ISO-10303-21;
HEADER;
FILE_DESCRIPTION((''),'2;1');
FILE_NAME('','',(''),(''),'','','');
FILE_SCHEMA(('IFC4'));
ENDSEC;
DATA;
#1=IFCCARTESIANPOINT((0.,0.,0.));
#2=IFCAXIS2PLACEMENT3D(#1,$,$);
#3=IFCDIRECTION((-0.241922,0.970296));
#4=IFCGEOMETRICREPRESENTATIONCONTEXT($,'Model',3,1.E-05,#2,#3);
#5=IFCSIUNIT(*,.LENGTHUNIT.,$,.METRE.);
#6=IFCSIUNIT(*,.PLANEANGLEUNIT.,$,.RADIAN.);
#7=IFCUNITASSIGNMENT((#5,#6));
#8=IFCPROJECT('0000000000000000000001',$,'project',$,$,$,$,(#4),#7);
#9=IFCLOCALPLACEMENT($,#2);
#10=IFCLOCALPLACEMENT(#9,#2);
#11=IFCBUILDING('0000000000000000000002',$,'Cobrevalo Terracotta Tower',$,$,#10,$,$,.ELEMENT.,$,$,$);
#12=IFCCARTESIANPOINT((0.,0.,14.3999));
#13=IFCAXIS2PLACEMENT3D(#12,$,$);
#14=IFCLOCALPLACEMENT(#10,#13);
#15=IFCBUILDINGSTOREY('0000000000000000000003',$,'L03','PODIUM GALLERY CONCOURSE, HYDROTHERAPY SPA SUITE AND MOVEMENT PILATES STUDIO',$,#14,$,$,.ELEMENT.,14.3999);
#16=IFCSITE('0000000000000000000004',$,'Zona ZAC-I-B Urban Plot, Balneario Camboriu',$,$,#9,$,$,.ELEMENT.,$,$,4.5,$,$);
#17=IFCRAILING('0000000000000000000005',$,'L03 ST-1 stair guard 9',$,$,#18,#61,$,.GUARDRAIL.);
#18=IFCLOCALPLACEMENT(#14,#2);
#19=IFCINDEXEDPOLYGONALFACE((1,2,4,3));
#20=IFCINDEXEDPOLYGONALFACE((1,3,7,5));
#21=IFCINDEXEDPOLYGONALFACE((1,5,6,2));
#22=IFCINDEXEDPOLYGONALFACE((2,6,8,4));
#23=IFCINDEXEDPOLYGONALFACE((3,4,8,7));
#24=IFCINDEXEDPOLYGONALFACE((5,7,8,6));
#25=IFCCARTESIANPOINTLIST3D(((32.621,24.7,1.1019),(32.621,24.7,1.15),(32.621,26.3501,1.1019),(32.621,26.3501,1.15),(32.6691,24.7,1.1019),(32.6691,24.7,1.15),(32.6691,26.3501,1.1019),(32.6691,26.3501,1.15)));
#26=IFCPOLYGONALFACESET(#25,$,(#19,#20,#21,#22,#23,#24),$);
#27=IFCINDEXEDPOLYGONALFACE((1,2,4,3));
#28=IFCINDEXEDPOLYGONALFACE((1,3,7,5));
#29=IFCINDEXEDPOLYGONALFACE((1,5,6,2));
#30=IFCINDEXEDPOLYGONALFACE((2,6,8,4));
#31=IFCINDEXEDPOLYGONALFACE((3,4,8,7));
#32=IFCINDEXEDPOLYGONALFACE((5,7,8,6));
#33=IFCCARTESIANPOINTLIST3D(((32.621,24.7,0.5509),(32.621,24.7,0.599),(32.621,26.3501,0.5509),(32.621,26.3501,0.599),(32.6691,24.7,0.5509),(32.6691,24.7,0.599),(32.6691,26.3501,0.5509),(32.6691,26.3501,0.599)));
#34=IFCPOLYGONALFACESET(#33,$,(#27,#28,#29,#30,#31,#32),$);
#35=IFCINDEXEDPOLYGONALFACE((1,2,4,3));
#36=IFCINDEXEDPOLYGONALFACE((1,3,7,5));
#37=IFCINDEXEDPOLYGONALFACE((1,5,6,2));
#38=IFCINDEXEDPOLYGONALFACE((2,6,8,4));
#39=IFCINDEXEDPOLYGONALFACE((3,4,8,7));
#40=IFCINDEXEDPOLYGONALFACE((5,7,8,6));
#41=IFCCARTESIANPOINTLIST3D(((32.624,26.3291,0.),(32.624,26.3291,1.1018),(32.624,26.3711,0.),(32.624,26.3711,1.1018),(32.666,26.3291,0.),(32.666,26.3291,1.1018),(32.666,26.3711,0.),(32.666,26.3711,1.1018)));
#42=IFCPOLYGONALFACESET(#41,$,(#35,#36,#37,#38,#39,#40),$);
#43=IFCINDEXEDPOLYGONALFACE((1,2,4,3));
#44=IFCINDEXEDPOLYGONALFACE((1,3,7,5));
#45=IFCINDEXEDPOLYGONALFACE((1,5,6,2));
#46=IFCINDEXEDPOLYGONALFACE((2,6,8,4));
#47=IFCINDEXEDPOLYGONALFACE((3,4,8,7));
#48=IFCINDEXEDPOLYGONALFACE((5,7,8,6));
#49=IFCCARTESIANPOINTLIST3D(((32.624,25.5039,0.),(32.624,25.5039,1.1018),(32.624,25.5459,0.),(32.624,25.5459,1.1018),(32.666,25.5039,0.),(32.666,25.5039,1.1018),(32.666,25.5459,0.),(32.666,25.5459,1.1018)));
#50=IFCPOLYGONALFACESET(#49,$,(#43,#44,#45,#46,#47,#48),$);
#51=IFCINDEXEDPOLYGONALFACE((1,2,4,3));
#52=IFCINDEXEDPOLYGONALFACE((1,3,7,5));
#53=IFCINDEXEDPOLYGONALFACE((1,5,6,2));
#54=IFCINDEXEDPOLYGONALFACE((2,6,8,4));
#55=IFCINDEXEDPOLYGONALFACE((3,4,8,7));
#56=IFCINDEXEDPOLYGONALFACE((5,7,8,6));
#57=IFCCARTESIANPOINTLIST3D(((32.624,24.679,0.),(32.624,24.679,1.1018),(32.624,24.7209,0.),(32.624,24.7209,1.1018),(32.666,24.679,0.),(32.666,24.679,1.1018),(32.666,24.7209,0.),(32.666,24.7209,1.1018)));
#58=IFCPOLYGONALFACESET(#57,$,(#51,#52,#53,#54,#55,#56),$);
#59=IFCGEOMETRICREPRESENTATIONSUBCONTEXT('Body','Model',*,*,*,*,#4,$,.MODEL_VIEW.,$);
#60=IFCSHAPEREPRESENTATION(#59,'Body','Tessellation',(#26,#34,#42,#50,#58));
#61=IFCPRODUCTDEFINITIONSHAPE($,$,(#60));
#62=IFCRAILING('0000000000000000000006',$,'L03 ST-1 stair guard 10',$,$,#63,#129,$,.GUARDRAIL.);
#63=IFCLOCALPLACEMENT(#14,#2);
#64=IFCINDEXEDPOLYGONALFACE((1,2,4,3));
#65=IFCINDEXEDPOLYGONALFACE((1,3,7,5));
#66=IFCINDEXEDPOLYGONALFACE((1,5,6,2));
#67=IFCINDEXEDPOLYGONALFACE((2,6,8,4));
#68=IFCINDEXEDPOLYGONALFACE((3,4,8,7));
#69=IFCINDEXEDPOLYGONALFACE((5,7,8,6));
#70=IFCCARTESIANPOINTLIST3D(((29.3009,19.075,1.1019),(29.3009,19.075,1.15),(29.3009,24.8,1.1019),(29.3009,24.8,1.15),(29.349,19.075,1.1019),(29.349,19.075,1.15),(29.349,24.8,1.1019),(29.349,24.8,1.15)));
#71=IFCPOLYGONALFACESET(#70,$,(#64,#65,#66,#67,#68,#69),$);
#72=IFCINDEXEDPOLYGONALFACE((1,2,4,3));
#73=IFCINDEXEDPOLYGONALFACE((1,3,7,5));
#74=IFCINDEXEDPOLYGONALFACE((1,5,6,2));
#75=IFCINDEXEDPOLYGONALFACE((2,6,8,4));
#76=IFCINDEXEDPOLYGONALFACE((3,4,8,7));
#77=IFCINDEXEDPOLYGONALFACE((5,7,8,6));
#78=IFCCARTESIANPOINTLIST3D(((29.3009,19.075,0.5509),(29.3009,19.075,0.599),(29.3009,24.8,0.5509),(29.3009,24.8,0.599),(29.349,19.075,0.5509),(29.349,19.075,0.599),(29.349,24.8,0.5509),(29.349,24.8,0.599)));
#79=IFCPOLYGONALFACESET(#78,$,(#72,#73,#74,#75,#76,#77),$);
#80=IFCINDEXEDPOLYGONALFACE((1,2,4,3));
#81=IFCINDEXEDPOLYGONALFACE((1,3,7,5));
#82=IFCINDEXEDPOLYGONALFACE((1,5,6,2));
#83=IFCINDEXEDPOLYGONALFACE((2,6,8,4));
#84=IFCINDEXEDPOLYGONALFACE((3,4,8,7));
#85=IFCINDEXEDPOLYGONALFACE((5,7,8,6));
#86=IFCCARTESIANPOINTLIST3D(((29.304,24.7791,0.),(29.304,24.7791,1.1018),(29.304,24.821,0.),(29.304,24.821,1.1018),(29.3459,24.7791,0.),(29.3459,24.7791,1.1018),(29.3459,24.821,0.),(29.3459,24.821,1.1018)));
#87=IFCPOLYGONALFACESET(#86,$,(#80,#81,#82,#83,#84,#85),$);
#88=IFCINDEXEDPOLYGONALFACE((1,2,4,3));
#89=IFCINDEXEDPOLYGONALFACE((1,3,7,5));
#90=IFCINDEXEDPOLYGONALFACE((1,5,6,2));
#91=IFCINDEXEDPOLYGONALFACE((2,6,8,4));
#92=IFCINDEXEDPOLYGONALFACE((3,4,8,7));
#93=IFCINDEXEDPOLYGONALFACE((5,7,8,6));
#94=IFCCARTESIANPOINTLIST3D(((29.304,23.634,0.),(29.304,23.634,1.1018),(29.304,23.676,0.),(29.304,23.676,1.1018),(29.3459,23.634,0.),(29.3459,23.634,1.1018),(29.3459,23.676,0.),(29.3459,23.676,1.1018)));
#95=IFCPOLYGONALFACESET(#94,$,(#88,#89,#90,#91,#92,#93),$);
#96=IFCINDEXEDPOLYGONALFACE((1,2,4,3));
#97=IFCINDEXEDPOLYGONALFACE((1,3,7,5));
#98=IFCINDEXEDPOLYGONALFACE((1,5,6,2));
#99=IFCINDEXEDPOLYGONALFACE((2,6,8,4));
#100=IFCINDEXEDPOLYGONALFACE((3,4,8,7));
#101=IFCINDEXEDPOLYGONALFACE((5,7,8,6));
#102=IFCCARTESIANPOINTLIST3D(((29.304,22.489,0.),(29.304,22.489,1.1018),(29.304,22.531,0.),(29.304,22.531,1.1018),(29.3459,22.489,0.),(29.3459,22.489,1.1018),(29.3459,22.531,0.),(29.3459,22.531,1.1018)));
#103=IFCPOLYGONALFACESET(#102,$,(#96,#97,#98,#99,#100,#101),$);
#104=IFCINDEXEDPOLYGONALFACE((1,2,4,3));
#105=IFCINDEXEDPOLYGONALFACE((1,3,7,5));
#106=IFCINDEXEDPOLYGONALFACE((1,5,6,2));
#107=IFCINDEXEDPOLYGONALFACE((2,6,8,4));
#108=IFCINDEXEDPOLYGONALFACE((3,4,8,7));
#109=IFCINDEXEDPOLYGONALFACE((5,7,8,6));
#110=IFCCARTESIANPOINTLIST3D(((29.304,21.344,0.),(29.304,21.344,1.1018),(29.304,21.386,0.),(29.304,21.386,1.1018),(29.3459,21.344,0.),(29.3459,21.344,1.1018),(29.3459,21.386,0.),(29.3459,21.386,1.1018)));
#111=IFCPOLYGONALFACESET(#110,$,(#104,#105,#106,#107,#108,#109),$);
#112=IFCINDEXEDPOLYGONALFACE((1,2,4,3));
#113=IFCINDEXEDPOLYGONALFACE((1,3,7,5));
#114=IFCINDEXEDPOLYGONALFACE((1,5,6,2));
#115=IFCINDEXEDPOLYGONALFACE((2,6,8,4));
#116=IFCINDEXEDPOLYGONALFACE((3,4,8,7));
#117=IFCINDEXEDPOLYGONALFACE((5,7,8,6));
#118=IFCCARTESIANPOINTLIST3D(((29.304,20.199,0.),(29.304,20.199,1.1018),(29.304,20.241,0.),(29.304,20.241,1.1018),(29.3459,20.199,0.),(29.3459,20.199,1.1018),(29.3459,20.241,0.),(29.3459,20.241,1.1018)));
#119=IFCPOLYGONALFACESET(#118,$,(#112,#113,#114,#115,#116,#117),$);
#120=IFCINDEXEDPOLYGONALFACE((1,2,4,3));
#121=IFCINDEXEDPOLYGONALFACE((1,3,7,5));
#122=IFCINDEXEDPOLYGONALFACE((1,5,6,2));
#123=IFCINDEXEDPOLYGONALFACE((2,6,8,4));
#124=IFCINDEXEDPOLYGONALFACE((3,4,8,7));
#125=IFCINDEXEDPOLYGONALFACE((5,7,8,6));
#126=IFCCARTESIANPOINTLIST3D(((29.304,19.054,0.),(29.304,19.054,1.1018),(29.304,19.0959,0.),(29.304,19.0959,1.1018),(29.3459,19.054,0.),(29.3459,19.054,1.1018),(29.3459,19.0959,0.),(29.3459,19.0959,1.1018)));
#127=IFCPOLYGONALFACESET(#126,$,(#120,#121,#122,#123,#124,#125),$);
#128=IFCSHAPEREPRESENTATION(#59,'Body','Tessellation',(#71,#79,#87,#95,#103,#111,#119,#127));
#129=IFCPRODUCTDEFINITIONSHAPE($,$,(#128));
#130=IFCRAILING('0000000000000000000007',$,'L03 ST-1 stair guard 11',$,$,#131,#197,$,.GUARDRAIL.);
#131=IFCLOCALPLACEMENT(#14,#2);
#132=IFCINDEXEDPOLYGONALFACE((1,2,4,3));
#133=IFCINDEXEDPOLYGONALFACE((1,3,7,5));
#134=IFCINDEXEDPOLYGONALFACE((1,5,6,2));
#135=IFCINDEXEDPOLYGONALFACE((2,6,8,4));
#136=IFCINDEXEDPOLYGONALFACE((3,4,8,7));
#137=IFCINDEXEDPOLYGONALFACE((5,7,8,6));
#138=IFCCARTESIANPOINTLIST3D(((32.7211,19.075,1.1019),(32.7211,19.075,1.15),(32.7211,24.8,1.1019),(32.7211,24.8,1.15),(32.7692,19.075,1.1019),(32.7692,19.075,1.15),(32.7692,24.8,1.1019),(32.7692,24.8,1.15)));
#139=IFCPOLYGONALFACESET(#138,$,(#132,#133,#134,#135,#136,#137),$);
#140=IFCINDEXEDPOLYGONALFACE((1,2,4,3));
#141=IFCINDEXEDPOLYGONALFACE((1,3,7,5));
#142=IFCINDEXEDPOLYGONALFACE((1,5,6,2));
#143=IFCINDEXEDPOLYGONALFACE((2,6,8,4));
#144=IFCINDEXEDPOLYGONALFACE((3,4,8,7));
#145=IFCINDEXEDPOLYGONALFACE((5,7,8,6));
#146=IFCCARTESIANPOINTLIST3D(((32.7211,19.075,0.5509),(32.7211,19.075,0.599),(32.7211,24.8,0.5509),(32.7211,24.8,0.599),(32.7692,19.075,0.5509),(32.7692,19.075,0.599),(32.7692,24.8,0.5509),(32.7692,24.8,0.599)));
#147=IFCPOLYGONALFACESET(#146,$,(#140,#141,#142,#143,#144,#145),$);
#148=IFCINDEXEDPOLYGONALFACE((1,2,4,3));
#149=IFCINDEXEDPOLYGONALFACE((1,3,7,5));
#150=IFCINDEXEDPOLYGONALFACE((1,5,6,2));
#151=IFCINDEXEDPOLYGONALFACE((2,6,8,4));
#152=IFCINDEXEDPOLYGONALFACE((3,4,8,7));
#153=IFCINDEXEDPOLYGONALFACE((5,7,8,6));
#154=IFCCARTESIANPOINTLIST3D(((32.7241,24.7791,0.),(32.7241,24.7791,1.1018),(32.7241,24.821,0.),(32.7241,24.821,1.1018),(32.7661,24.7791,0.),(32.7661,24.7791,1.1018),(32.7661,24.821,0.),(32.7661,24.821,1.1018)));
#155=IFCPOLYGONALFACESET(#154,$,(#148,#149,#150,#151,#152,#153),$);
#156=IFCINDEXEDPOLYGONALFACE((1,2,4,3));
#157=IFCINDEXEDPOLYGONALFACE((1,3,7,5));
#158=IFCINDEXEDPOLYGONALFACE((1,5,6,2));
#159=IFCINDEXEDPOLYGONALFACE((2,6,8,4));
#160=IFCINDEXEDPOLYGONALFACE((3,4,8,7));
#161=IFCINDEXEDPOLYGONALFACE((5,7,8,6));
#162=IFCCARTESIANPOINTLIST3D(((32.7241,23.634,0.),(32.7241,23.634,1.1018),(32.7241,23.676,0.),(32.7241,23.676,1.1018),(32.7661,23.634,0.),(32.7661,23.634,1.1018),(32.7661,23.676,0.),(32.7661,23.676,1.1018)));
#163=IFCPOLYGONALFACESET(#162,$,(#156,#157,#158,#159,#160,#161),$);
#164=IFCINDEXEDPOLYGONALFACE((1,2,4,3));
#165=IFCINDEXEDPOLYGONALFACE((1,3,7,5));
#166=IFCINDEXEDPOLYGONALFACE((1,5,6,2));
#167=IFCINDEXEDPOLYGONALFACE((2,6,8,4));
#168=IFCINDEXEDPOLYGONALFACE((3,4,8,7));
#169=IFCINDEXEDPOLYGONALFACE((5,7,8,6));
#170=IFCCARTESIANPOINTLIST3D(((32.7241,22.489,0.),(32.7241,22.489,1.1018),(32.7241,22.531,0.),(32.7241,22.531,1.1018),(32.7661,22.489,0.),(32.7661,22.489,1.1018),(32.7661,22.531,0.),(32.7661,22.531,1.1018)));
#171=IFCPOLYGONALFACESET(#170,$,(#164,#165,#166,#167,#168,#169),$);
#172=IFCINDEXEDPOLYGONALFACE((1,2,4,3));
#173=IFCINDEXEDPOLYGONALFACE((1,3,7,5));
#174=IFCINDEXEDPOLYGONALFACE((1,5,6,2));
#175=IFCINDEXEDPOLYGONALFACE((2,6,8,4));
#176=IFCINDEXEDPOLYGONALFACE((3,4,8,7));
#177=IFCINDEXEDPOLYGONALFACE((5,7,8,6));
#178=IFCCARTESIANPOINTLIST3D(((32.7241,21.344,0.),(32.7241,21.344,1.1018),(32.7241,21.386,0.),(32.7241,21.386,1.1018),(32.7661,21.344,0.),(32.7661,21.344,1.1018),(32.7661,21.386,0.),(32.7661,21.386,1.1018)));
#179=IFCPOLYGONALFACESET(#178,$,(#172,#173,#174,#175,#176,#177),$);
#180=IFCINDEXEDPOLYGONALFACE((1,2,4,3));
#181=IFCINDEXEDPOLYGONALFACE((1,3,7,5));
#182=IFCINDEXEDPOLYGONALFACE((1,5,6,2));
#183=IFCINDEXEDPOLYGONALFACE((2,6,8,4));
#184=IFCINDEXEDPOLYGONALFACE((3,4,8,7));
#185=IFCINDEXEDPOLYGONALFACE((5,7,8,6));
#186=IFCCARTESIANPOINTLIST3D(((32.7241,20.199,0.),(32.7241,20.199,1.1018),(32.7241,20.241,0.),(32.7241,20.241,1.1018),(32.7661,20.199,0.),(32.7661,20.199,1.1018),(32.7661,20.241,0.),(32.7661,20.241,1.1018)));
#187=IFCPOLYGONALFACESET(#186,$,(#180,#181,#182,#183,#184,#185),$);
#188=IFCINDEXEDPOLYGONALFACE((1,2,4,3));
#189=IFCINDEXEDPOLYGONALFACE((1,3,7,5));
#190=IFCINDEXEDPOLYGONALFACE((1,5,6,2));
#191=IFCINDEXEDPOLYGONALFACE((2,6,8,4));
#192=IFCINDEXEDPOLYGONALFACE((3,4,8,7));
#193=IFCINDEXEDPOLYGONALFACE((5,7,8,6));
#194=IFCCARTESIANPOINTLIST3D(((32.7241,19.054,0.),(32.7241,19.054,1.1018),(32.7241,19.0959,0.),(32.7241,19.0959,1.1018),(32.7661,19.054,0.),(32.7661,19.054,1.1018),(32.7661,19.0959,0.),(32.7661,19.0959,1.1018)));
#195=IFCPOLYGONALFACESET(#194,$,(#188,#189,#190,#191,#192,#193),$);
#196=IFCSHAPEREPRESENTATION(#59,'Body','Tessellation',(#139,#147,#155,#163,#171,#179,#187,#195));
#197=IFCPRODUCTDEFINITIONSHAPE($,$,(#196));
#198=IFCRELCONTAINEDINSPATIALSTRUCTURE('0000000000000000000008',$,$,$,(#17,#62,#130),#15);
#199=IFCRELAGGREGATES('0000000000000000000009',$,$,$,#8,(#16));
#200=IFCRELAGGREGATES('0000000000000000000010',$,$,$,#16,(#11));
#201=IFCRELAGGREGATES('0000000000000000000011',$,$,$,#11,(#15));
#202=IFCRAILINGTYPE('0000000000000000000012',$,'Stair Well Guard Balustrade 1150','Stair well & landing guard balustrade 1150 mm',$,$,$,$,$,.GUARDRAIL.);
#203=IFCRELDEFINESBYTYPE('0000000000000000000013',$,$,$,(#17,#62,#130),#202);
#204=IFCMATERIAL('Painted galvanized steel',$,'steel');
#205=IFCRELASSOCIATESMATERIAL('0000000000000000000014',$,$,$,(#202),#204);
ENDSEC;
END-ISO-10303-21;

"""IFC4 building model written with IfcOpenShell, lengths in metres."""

from ifc_helpers import new_model, si_unit, direction, frame, origin, origin_2d, place, context, subcontext, project, spatial, rectangle, extrude, material, type_object, element, save


model = new_model("IFC4")

# Units and contexts
model_context = context("Model", 3, precision=1e-05, world=origin(), true_north=direction((-0.241922, 0.970296)))
body_context = subcontext(model_context, "Body", "Model", "MODEL_VIEW")
ifc_project = project(units=[si_unit("LENGTHUNIT", "METRE"), si_unit("PLANEANGLEUNIT", "RADIAN")], contexts=[model_context])

# Site, building, storey
site_placement = place(None, origin())
site = spatial("IfcSite", under=ifc_project, at=site_placement, Name="Zona ZAC-I-B Urban Plot, Balneario Camboriu", CompositionType="ELEMENT", RefElevation=4.5)
building_placement = place(site_placement, origin())
building = spatial("IfcBuilding", under=site, at=building_placement, Name="Cobrevalo Terracotta Tower", CompositionType="ELEMENT")
storey_placement = place(building_placement, frame((0.0, 0.0, 14.3999)))
storey = spatial("IfcBuildingStorey", under=building, at=storey_placement, Name="L03", Description="PODIUM GALLERY CONCOURSE, HYDROTHERAPY SPA SUITE AND MOVEMENT PILATES STUDIO", CompositionType="ELEMENT", Elevation=14.3999)

# Railings
ifc_material_1 = material(Name="Painted galvanized steel", Category="steel")
railing_type = type_object("IfcRailingType", Name="Stair Well Guard Balustrade 1150", Description="Stair well & landing guard balustrade 1150 mm", PredefinedType="GUARDRAIL", material=ifc_material_1)
for number, where, name in (
    (1, (32.645, 26.3501, 0.0), "L03 ST-1 stair guard 9"),
):
    element("IfcRailing", number, at=place(storey_placement, frame(where)), inside=storey, type_object=railing_type, Name=name, PredefinedType="GUARDRAIL", context=body_context, shape_type="SweptSolid", body=[
        extrude(rectangle(XDim=0.0481, YDim=0.0481, at=origin_2d()), frame((0.0, 0.0, 1.126), z_axis=(0.0, -1.0, 0.0), x_axis=(1.0, 0.0, 0.0)), (0.0, 0.0, 1.0), 1.6501),
        extrude(rectangle(XDim=0.0481, YDim=0.0481, at=origin_2d()), frame((0.0, 0.0, 0.575), z_axis=(0.0, -1.0, 0.0), x_axis=(1.0, 0.0, 0.0)), (0.0, 0.0, 1.0), 1.6501),
        extrude(rectangle(XDim=0.042, YDim=0.042, at=origin_2d()), origin(), (0.0, 0.0, 1.0), 1.1018),
        extrude(rectangle(XDim=0.042, YDim=0.042, at=origin_2d()), frame((0.0, -0.8252, 0.0)), (0.0, 0.0, 1.0), 1.1018),
        extrude(rectangle(XDim=0.042, YDim=0.042, at=origin_2d()), frame((0.0, -1.6501, 0.0)), (0.0, 0.0, 1.0), 1.1018),
    ])
for number, where, name in (
    (2, (29.325, 24.8, 0.0), "L03 ST-1 stair guard 10"),
    (3, (32.7451, 24.8, 0.0), "L03 ST-1 stair guard 11"),
):
    element("IfcRailing", number, at=place(storey_placement, frame(where)), inside=storey, type_object=railing_type, Name=name, PredefinedType="GUARDRAIL", context=body_context, shape_type="SweptSolid", body=[
        extrude(rectangle(XDim=0.0481, YDim=0.0481, at=origin_2d()), frame((0.0, 0.0, 1.126), z_axis=(0.0, -1.0, 0.0), x_axis=(1.0, 0.0, 0.0)), (0.0, 0.0, 1.0), 5.7251),
        extrude(rectangle(XDim=0.0481, YDim=0.0481, at=origin_2d()), frame((0.0, 0.0, 0.575), z_axis=(0.0, -1.0, 0.0), x_axis=(1.0, 0.0, 0.0)), (0.0, 0.0, 1.0), 5.7251),
        extrude(rectangle(XDim=0.042, YDim=0.042, at=origin_2d()), origin(), (0.0, 0.0, 1.0), 1.1018),
        extrude(rectangle(XDim=0.042, YDim=0.042, at=origin_2d()), frame((0.0, -1.145, 0.0)), (0.0, 0.0, 1.0), 1.1018),
        extrude(rectangle(XDim=0.042, YDim=0.042, at=origin_2d()), frame((0.0, -2.29, 0.0)), (0.0, 0.0, 1.0), 1.1018),
        extrude(rectangle(XDim=0.042, YDim=0.042, at=origin_2d()), frame((0.0, -3.4351, 0.0)), (0.0, 0.0, 1.0), 1.1018),
        extrude(rectangle(XDim=0.042, YDim=0.042, at=origin_2d()), frame((0.0, -4.5801, 0.0)), (0.0, 0.0, 1.0), 1.1018),
        extrude(rectangle(XDim=0.042, YDim=0.042, at=origin_2d()), frame((0.0, -5.7251, 0.0)), (0.0, 0.0, 1.0), 1.1018),
    ])

save(model, "model.ifc")
